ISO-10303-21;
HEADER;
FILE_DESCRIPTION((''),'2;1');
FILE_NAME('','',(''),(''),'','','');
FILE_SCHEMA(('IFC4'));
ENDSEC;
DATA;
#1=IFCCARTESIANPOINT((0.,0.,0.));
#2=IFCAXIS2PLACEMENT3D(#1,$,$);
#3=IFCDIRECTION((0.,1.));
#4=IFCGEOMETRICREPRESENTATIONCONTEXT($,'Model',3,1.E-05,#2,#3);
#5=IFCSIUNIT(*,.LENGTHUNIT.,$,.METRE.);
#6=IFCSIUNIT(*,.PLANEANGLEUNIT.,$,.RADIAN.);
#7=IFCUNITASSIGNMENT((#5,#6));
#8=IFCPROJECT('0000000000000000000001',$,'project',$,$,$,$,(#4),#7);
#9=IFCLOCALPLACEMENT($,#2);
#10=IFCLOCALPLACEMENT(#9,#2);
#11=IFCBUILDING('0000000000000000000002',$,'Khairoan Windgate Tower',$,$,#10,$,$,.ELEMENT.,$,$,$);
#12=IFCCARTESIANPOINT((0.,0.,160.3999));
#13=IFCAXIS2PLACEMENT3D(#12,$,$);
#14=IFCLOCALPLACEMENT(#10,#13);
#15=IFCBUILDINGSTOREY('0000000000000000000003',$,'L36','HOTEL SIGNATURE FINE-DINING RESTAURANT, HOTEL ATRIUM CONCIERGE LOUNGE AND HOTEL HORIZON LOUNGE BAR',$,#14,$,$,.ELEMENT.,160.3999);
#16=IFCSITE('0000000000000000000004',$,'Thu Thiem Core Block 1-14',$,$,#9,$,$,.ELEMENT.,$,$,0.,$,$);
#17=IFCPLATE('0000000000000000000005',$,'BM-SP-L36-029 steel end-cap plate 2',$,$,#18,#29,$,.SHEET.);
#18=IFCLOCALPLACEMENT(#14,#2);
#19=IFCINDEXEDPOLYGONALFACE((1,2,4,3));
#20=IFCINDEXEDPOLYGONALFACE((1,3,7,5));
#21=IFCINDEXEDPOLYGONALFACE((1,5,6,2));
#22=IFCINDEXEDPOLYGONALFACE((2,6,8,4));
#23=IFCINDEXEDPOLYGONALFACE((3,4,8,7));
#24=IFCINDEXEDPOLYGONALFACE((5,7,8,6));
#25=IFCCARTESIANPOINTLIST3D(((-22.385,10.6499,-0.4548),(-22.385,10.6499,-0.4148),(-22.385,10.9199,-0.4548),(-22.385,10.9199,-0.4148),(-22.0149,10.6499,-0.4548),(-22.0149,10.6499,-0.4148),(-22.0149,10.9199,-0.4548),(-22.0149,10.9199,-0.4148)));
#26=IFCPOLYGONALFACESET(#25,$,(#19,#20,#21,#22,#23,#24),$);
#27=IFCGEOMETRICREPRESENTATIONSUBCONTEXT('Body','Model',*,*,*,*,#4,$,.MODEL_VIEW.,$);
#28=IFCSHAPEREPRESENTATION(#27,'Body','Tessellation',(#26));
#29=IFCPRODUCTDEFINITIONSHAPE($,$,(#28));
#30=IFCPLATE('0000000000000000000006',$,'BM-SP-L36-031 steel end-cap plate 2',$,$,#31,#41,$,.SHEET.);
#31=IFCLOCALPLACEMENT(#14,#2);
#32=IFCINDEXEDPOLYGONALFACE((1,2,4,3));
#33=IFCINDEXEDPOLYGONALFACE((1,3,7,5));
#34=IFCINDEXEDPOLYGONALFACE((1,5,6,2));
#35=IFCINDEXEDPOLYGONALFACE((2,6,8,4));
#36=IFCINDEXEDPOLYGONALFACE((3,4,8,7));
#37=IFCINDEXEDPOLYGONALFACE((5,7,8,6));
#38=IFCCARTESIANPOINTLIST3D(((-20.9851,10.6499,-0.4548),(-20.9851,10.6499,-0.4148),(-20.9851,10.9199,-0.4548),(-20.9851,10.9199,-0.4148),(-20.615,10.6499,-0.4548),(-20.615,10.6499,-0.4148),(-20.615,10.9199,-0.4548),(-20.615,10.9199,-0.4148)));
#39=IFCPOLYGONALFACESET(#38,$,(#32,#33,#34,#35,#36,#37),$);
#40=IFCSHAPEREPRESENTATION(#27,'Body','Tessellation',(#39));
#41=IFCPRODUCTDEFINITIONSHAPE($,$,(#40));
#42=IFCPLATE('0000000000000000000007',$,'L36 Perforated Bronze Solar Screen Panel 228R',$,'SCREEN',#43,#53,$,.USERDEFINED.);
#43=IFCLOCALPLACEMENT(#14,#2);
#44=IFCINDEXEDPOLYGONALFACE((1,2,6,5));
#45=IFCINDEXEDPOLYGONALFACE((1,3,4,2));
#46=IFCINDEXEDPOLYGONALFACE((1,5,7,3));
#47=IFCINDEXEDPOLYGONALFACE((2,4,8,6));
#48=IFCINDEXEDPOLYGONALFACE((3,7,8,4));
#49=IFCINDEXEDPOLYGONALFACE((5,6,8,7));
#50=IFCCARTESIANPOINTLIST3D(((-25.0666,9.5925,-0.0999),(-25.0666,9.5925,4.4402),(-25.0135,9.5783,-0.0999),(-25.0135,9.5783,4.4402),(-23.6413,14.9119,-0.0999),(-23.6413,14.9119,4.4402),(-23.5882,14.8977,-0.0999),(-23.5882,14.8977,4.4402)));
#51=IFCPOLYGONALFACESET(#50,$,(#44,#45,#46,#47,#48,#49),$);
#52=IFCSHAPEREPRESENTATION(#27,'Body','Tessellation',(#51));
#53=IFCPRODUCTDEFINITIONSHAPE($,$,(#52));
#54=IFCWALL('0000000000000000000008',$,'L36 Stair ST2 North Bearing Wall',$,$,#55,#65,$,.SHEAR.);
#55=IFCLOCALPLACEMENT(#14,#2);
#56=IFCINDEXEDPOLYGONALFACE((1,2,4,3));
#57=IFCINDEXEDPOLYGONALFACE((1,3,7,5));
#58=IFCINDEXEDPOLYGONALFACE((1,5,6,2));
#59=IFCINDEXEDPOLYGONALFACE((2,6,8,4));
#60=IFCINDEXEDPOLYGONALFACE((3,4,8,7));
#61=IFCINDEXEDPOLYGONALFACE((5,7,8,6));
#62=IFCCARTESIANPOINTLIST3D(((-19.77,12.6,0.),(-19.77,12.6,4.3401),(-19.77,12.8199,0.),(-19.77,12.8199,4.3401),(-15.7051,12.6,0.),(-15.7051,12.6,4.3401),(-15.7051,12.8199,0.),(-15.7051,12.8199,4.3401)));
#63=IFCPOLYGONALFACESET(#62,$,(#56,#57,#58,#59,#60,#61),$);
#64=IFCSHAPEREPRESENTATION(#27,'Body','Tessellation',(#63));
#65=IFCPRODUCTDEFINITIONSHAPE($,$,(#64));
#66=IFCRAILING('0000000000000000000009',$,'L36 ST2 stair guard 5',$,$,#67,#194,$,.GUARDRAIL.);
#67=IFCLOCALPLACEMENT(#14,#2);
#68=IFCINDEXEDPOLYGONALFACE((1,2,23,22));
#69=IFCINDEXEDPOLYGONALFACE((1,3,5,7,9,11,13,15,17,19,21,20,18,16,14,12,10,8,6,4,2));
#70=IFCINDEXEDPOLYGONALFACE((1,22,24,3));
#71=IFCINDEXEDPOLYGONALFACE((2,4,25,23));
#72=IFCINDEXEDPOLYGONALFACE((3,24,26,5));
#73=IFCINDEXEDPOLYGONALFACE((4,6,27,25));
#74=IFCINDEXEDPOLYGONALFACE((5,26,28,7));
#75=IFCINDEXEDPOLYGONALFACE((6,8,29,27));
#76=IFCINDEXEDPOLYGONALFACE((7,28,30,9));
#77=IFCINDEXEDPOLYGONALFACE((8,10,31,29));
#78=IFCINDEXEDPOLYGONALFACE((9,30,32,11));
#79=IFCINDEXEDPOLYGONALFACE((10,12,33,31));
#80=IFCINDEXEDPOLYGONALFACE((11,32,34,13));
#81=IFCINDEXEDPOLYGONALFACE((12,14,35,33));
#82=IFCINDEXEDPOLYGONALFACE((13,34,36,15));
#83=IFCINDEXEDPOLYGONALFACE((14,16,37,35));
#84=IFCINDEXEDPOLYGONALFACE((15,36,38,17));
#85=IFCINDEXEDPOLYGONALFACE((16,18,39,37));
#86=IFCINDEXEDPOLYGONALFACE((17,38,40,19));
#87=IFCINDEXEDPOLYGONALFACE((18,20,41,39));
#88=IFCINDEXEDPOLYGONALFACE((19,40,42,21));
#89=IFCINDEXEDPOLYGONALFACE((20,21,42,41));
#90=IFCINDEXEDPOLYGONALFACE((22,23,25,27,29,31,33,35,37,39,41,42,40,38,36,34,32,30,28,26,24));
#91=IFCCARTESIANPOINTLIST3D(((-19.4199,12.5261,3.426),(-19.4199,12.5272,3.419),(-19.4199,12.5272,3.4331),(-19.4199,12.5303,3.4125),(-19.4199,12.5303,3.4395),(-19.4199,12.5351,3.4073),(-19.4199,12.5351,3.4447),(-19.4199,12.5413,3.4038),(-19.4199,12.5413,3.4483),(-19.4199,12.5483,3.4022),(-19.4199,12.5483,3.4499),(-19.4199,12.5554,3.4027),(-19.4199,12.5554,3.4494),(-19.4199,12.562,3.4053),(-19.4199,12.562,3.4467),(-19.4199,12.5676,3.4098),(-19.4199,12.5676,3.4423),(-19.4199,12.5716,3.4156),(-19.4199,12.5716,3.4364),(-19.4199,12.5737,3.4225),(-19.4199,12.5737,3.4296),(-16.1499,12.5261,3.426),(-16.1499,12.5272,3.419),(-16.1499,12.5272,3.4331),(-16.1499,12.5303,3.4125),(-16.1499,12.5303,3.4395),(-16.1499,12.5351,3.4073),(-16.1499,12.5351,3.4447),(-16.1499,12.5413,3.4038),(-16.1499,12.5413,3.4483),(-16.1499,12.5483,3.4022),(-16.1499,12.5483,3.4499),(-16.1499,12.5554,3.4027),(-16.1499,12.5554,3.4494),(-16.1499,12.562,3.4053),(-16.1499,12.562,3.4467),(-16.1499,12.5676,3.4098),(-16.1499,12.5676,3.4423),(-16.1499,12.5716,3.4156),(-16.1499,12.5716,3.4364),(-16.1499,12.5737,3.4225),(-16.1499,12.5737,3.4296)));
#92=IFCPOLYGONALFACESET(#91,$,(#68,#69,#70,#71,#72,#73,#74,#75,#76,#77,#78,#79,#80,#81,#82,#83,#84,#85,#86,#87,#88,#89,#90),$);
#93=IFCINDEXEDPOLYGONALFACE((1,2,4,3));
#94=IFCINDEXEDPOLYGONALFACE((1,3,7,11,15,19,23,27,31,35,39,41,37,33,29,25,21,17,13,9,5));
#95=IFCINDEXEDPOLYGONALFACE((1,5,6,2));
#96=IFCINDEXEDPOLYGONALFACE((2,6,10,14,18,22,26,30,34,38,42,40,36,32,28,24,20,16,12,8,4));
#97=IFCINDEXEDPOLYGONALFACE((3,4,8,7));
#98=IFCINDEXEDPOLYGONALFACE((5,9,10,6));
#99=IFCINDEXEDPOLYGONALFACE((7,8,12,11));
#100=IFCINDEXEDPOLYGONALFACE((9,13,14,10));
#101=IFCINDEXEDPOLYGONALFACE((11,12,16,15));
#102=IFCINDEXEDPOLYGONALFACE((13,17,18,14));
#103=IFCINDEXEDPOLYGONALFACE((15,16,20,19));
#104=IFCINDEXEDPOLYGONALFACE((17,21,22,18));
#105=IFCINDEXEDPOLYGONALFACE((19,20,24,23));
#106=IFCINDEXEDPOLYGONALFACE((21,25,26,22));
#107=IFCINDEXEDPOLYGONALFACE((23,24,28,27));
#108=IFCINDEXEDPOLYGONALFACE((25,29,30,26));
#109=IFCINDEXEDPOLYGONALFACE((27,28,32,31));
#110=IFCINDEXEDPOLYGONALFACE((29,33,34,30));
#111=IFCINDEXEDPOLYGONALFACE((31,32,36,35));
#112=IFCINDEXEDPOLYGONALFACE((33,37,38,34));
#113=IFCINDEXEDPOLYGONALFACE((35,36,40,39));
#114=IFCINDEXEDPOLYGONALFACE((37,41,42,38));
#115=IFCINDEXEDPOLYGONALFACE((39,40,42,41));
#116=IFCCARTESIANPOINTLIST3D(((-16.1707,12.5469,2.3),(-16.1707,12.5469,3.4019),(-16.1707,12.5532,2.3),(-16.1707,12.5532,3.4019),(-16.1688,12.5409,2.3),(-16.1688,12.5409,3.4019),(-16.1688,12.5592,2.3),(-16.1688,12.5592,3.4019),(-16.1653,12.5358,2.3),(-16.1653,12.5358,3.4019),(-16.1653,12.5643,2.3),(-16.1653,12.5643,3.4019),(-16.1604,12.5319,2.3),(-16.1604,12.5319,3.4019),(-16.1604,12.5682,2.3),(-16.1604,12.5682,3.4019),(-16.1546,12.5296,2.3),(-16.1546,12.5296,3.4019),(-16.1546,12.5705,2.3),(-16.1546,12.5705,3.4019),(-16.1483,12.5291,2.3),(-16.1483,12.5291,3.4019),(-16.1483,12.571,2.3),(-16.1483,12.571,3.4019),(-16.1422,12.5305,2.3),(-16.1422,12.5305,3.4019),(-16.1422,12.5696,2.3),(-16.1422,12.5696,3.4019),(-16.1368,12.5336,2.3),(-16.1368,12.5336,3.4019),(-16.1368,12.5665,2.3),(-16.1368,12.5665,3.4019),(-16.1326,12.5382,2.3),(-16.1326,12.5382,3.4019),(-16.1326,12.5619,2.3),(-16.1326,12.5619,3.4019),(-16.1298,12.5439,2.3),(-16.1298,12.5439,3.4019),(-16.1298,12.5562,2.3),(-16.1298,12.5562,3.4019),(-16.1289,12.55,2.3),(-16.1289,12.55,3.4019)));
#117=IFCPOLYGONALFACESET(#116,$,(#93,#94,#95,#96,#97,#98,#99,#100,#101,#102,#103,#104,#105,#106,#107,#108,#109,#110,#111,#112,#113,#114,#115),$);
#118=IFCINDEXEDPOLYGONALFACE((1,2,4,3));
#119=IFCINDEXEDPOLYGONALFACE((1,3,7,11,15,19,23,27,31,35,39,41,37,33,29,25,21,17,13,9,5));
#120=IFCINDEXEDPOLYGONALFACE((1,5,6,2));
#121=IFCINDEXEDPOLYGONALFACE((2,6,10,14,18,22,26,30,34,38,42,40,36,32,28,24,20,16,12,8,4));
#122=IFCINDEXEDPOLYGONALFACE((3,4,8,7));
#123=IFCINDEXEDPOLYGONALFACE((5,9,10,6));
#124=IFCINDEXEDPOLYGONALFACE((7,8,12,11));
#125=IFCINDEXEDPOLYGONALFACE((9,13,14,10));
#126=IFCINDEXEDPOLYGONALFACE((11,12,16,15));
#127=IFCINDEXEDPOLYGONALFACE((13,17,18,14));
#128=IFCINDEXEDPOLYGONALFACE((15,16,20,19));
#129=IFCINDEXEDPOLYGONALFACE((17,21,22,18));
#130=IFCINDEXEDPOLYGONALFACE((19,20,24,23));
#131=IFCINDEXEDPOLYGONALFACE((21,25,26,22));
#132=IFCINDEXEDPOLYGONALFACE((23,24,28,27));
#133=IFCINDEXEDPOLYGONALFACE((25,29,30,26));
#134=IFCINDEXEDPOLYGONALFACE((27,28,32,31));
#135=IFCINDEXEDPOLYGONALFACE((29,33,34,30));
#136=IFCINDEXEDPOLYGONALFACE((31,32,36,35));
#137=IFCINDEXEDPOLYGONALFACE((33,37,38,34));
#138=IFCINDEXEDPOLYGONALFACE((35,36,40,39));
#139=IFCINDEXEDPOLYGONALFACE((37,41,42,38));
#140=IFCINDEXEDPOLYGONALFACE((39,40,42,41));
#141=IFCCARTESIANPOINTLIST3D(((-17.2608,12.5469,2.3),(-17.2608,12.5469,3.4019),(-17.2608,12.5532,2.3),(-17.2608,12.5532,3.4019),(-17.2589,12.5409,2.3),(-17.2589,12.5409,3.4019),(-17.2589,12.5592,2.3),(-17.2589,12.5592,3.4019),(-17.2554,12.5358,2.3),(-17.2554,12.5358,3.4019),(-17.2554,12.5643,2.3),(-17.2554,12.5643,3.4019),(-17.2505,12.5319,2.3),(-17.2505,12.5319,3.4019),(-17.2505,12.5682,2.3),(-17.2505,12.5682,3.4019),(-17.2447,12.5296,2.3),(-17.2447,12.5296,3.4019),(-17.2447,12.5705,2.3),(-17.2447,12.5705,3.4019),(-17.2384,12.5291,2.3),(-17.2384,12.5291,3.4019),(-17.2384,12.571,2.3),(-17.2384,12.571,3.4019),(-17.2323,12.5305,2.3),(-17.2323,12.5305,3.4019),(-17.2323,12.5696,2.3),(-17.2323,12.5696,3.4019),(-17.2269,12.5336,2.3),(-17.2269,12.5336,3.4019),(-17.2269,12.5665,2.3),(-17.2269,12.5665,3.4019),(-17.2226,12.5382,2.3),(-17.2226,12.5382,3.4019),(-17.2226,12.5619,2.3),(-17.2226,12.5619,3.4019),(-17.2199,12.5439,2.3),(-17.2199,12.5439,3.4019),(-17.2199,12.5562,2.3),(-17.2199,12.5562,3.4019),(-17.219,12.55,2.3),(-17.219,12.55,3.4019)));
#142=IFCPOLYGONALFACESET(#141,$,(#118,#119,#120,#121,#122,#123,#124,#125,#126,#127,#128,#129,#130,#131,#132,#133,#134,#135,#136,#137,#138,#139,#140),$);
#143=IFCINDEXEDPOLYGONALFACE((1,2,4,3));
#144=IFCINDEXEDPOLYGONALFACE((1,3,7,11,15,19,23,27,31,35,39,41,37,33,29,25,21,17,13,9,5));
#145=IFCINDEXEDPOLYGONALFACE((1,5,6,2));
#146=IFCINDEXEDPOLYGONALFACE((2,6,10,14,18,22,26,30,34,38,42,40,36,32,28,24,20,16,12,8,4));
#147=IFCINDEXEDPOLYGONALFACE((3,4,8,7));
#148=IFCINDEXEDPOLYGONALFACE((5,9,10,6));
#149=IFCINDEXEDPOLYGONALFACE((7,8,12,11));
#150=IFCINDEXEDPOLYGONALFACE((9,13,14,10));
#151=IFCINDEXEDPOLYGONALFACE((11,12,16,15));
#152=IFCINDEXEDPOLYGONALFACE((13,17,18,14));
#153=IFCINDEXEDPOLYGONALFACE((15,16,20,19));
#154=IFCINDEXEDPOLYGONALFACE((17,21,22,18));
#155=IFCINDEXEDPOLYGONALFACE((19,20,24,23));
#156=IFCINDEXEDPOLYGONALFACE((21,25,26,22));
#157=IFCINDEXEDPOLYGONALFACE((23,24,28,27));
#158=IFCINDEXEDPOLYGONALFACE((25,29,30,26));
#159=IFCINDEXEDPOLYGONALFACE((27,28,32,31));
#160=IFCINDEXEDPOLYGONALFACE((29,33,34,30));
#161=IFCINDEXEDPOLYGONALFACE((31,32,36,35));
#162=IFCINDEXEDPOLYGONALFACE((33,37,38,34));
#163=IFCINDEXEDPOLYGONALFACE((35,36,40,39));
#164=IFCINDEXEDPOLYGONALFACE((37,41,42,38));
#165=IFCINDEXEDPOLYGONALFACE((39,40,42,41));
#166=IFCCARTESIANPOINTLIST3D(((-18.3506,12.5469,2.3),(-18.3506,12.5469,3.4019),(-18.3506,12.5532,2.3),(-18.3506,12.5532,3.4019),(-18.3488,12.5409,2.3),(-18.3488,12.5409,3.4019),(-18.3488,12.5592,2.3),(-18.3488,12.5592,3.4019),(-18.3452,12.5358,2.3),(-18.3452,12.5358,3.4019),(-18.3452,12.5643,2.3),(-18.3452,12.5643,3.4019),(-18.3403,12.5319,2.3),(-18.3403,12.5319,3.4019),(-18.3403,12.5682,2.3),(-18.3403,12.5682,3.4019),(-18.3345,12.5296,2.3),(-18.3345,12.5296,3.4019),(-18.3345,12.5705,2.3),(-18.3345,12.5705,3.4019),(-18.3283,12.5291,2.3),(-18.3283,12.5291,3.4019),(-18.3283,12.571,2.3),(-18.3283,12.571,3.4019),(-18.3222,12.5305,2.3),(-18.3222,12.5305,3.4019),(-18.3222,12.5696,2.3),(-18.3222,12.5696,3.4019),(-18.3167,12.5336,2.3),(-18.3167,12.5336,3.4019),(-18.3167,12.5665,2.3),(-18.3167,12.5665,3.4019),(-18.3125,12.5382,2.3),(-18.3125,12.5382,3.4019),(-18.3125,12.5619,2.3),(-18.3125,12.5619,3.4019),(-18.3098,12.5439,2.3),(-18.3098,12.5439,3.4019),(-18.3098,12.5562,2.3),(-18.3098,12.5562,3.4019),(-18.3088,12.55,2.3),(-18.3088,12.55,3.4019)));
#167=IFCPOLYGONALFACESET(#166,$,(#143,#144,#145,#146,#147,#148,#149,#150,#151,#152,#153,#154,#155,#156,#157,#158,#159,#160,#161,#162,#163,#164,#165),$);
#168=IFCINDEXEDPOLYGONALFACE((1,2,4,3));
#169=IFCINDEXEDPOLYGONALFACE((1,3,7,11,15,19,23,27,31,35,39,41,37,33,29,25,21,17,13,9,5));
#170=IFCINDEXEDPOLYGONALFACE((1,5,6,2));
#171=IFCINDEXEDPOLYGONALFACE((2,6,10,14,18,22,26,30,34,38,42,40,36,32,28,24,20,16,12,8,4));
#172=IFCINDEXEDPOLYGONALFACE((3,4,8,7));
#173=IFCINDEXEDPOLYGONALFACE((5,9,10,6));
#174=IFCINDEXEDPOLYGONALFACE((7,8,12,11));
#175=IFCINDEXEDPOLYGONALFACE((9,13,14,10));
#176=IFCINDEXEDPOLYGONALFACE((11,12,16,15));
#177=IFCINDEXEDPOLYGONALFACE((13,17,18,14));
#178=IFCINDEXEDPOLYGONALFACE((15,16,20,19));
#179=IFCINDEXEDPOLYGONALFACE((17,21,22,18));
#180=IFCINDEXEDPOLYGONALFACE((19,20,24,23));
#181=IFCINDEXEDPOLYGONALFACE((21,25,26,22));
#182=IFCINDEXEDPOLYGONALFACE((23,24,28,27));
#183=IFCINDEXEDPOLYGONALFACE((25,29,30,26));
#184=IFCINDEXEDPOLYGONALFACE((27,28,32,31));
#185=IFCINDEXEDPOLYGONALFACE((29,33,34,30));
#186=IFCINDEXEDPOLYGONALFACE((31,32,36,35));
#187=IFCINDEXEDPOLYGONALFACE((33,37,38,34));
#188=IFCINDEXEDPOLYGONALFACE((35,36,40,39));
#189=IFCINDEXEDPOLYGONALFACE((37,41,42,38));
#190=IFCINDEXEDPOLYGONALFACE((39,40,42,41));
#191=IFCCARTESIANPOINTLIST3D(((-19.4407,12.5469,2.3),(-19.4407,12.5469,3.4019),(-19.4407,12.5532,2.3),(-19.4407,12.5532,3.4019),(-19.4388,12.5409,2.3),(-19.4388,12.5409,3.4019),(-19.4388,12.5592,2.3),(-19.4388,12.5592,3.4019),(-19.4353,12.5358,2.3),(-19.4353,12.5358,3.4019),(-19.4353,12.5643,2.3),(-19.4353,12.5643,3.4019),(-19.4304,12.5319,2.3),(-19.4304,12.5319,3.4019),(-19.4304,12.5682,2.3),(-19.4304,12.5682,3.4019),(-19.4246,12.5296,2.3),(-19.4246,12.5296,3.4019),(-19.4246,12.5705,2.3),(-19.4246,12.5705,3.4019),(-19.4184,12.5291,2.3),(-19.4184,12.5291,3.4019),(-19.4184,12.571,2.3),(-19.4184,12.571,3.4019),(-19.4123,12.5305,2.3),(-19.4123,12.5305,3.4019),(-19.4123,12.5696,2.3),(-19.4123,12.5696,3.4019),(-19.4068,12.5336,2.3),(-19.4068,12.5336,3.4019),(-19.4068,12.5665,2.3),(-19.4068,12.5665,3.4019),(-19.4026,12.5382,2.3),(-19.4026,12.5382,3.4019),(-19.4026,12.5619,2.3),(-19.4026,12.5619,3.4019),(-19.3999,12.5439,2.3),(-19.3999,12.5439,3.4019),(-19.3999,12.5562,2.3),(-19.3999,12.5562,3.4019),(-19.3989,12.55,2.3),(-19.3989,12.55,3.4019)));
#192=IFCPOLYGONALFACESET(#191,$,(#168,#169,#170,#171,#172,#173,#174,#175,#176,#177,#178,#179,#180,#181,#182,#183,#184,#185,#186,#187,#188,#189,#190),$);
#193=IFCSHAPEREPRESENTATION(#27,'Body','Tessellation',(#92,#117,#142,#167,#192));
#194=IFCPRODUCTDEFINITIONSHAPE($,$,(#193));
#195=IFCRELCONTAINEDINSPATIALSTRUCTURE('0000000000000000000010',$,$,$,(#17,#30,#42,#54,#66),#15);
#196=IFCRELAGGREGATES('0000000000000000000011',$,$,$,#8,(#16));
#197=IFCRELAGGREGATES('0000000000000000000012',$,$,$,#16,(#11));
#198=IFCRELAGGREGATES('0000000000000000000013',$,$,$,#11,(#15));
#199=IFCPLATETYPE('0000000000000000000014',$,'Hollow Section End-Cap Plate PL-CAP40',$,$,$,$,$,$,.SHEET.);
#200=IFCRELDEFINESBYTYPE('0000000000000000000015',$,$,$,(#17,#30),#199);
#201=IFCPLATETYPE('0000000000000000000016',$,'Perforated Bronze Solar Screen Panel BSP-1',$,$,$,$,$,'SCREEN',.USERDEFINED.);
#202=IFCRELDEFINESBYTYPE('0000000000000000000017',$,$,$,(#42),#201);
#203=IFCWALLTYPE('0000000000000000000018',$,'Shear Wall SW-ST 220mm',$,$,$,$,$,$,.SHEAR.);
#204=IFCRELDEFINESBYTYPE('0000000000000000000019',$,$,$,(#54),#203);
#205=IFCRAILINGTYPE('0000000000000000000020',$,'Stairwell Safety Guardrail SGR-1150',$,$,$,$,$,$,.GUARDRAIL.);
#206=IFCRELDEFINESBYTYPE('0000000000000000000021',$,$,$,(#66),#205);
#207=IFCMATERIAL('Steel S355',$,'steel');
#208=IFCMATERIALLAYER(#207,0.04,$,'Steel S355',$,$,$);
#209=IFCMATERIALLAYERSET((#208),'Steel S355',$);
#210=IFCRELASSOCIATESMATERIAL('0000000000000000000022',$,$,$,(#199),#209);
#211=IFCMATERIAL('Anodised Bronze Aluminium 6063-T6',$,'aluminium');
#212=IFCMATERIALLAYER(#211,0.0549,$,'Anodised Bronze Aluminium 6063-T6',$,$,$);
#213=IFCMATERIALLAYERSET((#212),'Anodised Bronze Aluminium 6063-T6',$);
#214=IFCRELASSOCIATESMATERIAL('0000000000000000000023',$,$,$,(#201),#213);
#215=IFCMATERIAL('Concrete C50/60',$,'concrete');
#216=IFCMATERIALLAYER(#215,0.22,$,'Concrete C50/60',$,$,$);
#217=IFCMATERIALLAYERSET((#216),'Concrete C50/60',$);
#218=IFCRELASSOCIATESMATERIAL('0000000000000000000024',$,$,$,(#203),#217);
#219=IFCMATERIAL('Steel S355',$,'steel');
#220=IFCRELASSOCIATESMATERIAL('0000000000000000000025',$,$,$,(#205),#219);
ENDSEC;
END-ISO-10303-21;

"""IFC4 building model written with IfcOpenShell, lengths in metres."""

from ifc_helpers import new_model, si_unit, direction, frame, frame_2d, origin, origin_2d, place, context, subcontext, project, spatial, rectangle, circle, extrude, material, layer, layer_set, type_object, element, save


model = new_model("IFC4")

# Units and contexts
model_context = context("Model", 3, precision=1e-05, world=origin(), true_north=direction((0.0, 1.0)))
body_context = subcontext(model_context, "Body", "Model", "MODEL_VIEW")
ifc_project = project(units=[si_unit("LENGTHUNIT", "METRE"), si_unit("PLANEANGLEUNIT", "RADIAN")], contexts=[model_context])

# Site, building, storey
site_placement = place(None, origin())
site = spatial("IfcSite", under=ifc_project, at=site_placement, Name="Thu Thiem Core Block 1-14", CompositionType="ELEMENT", RefElevation=0.0)
building_placement = place(site_placement, origin())
building = spatial("IfcBuilding", under=site, at=building_placement, Name="Khairoan Windgate Tower", CompositionType="ELEMENT")
storey_placement = place(building_placement, frame((0.0, 0.0, 160.3999)))
storey = spatial("IfcBuildingStorey", under=building, at=storey_placement, Name="L36", Description="HOTEL SIGNATURE FINE-DINING RESTAURANT, HOTEL ATRIUM CONCIERGE LOUNGE AND HOTEL HORIZON LOUNGE BAR", CompositionType="ELEMENT", Elevation=160.3999)

# Plates
ifc_material_1 = material(Name="Steel S355", Category="steel")
ifc_layer_1 = layer(ifc_material_1, 0.04, Name="Steel S355")
ifc_layer_set_1 = layer_set([ifc_layer_1], Name="Steel S355")
plate_type_1 = type_object("IfcPlateType", Name="Hollow Section End-Cap Plate PL-CAP40", PredefinedType="SHEET", material=ifc_layer_set_1)
for number, where, z_axis, x_axis, name in (
    (1, (-22.2, 10.7849, -0.4548), (0.0, 0.0, 1.0), (0.0, 1.0, 0.0), "BM-SP-L36-029 steel end-cap plate 2"),
    (2, (-20.8, 10.7849, -0.4548), (0.0, 0.0, 1.0), (0.0, 1.0, 0.0), "BM-SP-L36-031 steel end-cap plate 2"),
):
    element("IfcPlate", number, at=place(storey_placement, frame(where, z_axis=z_axis, x_axis=x_axis)), inside=storey, type_object=plate_type_1, Name=name, PredefinedType="SHEET", context=body_context, shape_type="SweptSolid", body=[
        extrude(rectangle(XDim=0.27, YDim=0.3701, at=origin_2d()), origin(), (0.0, 0.0, 1.0), 0.04),
    ])
ifc_material_2 = material(Name="Anodised Bronze Aluminium 6063-T6", Category="aluminium")
ifc_layer_2 = layer(ifc_material_2, 0.0549, Name="Anodised Bronze Aluminium 6063-T6")
ifc_layer_set_2 = layer_set([ifc_layer_2], Name="Anodised Bronze Aluminium 6063-T6")
plate_type_2 = type_object("IfcPlateType", Name="Perforated Bronze Solar Screen Panel BSP-1", ElementType="SCREEN", PredefinedType="USERDEFINED", material=ifc_layer_set_2)
plate_placement = place(storey_placement, frame((-24.3274, 12.2451, -0.0999), z_axis=(0.0, 0.0, 1.0), x_axis=(0.258819, 0.965926, 0.0)))
element("IfcPlate", 3, at=plate_placement, inside=storey, type_object=plate_type_2, Name="L36 Perforated Bronze Solar Screen Panel 228R", ObjectType="SCREEN", PredefinedType="USERDEFINED", context=body_context, shape_type="SweptSolid", body=[
    extrude(rectangle(XDim=5.5071, YDim=0.0549, at=origin_2d()), origin(), (0.0, 0.0, 1.0), 4.54),
])

# Wall
ifc_material_3 = material(Name="Concrete C50/60", Category="concrete")
ifc_layer_3 = layer(ifc_material_3, 0.22, Name="Concrete C50/60")
ifc_layer_set_3 = layer_set([ifc_layer_3], Name="Concrete C50/60")
wall_type_1 = type_object("IfcWallType", Name="Shear Wall SW-ST 220mm", PredefinedType="SHEAR", material=ifc_layer_set_3)
wall_1_placement = place(storey_placement, frame((-19.77, 12.71, 0.0), z_axis=(0.0, 0.0, 1.0), x_axis=(1.0, 0.0, 0.0)))
element("IfcWall", 4, at=wall_1_placement, inside=storey, type_object=wall_type_1, Name="L36 Stair ST2 North Bearing Wall", PredefinedType="SHEAR", context=body_context, shape_type="SweptSolid", body=[
    extrude(rectangle(XDim=4.0649, YDim=0.22, at=frame_2d((2.0325, 0.0))), origin(), (0.0, 0.0, 1.0), 4.3401),
])

# Railing
ifc_material_4 = material(Name="Steel S355", Category="steel")
railing_type = type_object("IfcRailingType", Name="Stairwell Safety Guardrail SGR-1150", PredefinedType="GUARDRAIL", material=ifc_material_4)
railing_1_placement = place(storey_placement, frame((-16.1499, 12.55, 2.3)))
element("IfcRailing", 5, at=railing_1_placement, inside=storey, type_object=railing_type, Name="L36 ST2 stair guard 5", PredefinedType="GUARDRAIL", context=body_context, shape_type="SweptSolid", body=[
    extrude(circle(Radius=0.0239, at=origin_2d()), frame((0.0, 0.0, 1.126), z_axis=(-1.0, 0.0, 0.0), x_axis=(0.0, -1.0, 0.0)), (0.0, 0.0, 1.0), 3.27),
    extrude(circle(Radius=0.021, at=origin_2d()), origin(), (0.0, 0.0, 1.0), 1.1018),
    extrude(circle(Radius=0.021, at=origin_2d()), frame((-1.0901, 0.0, 0.0)), (0.0, 0.0, 1.0), 1.1018),
    extrude(circle(Radius=0.021, at=origin_2d()), frame((-2.1799, 0.0, 0.0)), (0.0, 0.0, 1.0), 1.1018),
    extrude(circle(Radius=0.021, at=origin_2d()), frame((-3.27, 0.0, 0.0)), (0.0, 0.0, 1.0), 1.1018),
])

save(model, "model.ifc")
